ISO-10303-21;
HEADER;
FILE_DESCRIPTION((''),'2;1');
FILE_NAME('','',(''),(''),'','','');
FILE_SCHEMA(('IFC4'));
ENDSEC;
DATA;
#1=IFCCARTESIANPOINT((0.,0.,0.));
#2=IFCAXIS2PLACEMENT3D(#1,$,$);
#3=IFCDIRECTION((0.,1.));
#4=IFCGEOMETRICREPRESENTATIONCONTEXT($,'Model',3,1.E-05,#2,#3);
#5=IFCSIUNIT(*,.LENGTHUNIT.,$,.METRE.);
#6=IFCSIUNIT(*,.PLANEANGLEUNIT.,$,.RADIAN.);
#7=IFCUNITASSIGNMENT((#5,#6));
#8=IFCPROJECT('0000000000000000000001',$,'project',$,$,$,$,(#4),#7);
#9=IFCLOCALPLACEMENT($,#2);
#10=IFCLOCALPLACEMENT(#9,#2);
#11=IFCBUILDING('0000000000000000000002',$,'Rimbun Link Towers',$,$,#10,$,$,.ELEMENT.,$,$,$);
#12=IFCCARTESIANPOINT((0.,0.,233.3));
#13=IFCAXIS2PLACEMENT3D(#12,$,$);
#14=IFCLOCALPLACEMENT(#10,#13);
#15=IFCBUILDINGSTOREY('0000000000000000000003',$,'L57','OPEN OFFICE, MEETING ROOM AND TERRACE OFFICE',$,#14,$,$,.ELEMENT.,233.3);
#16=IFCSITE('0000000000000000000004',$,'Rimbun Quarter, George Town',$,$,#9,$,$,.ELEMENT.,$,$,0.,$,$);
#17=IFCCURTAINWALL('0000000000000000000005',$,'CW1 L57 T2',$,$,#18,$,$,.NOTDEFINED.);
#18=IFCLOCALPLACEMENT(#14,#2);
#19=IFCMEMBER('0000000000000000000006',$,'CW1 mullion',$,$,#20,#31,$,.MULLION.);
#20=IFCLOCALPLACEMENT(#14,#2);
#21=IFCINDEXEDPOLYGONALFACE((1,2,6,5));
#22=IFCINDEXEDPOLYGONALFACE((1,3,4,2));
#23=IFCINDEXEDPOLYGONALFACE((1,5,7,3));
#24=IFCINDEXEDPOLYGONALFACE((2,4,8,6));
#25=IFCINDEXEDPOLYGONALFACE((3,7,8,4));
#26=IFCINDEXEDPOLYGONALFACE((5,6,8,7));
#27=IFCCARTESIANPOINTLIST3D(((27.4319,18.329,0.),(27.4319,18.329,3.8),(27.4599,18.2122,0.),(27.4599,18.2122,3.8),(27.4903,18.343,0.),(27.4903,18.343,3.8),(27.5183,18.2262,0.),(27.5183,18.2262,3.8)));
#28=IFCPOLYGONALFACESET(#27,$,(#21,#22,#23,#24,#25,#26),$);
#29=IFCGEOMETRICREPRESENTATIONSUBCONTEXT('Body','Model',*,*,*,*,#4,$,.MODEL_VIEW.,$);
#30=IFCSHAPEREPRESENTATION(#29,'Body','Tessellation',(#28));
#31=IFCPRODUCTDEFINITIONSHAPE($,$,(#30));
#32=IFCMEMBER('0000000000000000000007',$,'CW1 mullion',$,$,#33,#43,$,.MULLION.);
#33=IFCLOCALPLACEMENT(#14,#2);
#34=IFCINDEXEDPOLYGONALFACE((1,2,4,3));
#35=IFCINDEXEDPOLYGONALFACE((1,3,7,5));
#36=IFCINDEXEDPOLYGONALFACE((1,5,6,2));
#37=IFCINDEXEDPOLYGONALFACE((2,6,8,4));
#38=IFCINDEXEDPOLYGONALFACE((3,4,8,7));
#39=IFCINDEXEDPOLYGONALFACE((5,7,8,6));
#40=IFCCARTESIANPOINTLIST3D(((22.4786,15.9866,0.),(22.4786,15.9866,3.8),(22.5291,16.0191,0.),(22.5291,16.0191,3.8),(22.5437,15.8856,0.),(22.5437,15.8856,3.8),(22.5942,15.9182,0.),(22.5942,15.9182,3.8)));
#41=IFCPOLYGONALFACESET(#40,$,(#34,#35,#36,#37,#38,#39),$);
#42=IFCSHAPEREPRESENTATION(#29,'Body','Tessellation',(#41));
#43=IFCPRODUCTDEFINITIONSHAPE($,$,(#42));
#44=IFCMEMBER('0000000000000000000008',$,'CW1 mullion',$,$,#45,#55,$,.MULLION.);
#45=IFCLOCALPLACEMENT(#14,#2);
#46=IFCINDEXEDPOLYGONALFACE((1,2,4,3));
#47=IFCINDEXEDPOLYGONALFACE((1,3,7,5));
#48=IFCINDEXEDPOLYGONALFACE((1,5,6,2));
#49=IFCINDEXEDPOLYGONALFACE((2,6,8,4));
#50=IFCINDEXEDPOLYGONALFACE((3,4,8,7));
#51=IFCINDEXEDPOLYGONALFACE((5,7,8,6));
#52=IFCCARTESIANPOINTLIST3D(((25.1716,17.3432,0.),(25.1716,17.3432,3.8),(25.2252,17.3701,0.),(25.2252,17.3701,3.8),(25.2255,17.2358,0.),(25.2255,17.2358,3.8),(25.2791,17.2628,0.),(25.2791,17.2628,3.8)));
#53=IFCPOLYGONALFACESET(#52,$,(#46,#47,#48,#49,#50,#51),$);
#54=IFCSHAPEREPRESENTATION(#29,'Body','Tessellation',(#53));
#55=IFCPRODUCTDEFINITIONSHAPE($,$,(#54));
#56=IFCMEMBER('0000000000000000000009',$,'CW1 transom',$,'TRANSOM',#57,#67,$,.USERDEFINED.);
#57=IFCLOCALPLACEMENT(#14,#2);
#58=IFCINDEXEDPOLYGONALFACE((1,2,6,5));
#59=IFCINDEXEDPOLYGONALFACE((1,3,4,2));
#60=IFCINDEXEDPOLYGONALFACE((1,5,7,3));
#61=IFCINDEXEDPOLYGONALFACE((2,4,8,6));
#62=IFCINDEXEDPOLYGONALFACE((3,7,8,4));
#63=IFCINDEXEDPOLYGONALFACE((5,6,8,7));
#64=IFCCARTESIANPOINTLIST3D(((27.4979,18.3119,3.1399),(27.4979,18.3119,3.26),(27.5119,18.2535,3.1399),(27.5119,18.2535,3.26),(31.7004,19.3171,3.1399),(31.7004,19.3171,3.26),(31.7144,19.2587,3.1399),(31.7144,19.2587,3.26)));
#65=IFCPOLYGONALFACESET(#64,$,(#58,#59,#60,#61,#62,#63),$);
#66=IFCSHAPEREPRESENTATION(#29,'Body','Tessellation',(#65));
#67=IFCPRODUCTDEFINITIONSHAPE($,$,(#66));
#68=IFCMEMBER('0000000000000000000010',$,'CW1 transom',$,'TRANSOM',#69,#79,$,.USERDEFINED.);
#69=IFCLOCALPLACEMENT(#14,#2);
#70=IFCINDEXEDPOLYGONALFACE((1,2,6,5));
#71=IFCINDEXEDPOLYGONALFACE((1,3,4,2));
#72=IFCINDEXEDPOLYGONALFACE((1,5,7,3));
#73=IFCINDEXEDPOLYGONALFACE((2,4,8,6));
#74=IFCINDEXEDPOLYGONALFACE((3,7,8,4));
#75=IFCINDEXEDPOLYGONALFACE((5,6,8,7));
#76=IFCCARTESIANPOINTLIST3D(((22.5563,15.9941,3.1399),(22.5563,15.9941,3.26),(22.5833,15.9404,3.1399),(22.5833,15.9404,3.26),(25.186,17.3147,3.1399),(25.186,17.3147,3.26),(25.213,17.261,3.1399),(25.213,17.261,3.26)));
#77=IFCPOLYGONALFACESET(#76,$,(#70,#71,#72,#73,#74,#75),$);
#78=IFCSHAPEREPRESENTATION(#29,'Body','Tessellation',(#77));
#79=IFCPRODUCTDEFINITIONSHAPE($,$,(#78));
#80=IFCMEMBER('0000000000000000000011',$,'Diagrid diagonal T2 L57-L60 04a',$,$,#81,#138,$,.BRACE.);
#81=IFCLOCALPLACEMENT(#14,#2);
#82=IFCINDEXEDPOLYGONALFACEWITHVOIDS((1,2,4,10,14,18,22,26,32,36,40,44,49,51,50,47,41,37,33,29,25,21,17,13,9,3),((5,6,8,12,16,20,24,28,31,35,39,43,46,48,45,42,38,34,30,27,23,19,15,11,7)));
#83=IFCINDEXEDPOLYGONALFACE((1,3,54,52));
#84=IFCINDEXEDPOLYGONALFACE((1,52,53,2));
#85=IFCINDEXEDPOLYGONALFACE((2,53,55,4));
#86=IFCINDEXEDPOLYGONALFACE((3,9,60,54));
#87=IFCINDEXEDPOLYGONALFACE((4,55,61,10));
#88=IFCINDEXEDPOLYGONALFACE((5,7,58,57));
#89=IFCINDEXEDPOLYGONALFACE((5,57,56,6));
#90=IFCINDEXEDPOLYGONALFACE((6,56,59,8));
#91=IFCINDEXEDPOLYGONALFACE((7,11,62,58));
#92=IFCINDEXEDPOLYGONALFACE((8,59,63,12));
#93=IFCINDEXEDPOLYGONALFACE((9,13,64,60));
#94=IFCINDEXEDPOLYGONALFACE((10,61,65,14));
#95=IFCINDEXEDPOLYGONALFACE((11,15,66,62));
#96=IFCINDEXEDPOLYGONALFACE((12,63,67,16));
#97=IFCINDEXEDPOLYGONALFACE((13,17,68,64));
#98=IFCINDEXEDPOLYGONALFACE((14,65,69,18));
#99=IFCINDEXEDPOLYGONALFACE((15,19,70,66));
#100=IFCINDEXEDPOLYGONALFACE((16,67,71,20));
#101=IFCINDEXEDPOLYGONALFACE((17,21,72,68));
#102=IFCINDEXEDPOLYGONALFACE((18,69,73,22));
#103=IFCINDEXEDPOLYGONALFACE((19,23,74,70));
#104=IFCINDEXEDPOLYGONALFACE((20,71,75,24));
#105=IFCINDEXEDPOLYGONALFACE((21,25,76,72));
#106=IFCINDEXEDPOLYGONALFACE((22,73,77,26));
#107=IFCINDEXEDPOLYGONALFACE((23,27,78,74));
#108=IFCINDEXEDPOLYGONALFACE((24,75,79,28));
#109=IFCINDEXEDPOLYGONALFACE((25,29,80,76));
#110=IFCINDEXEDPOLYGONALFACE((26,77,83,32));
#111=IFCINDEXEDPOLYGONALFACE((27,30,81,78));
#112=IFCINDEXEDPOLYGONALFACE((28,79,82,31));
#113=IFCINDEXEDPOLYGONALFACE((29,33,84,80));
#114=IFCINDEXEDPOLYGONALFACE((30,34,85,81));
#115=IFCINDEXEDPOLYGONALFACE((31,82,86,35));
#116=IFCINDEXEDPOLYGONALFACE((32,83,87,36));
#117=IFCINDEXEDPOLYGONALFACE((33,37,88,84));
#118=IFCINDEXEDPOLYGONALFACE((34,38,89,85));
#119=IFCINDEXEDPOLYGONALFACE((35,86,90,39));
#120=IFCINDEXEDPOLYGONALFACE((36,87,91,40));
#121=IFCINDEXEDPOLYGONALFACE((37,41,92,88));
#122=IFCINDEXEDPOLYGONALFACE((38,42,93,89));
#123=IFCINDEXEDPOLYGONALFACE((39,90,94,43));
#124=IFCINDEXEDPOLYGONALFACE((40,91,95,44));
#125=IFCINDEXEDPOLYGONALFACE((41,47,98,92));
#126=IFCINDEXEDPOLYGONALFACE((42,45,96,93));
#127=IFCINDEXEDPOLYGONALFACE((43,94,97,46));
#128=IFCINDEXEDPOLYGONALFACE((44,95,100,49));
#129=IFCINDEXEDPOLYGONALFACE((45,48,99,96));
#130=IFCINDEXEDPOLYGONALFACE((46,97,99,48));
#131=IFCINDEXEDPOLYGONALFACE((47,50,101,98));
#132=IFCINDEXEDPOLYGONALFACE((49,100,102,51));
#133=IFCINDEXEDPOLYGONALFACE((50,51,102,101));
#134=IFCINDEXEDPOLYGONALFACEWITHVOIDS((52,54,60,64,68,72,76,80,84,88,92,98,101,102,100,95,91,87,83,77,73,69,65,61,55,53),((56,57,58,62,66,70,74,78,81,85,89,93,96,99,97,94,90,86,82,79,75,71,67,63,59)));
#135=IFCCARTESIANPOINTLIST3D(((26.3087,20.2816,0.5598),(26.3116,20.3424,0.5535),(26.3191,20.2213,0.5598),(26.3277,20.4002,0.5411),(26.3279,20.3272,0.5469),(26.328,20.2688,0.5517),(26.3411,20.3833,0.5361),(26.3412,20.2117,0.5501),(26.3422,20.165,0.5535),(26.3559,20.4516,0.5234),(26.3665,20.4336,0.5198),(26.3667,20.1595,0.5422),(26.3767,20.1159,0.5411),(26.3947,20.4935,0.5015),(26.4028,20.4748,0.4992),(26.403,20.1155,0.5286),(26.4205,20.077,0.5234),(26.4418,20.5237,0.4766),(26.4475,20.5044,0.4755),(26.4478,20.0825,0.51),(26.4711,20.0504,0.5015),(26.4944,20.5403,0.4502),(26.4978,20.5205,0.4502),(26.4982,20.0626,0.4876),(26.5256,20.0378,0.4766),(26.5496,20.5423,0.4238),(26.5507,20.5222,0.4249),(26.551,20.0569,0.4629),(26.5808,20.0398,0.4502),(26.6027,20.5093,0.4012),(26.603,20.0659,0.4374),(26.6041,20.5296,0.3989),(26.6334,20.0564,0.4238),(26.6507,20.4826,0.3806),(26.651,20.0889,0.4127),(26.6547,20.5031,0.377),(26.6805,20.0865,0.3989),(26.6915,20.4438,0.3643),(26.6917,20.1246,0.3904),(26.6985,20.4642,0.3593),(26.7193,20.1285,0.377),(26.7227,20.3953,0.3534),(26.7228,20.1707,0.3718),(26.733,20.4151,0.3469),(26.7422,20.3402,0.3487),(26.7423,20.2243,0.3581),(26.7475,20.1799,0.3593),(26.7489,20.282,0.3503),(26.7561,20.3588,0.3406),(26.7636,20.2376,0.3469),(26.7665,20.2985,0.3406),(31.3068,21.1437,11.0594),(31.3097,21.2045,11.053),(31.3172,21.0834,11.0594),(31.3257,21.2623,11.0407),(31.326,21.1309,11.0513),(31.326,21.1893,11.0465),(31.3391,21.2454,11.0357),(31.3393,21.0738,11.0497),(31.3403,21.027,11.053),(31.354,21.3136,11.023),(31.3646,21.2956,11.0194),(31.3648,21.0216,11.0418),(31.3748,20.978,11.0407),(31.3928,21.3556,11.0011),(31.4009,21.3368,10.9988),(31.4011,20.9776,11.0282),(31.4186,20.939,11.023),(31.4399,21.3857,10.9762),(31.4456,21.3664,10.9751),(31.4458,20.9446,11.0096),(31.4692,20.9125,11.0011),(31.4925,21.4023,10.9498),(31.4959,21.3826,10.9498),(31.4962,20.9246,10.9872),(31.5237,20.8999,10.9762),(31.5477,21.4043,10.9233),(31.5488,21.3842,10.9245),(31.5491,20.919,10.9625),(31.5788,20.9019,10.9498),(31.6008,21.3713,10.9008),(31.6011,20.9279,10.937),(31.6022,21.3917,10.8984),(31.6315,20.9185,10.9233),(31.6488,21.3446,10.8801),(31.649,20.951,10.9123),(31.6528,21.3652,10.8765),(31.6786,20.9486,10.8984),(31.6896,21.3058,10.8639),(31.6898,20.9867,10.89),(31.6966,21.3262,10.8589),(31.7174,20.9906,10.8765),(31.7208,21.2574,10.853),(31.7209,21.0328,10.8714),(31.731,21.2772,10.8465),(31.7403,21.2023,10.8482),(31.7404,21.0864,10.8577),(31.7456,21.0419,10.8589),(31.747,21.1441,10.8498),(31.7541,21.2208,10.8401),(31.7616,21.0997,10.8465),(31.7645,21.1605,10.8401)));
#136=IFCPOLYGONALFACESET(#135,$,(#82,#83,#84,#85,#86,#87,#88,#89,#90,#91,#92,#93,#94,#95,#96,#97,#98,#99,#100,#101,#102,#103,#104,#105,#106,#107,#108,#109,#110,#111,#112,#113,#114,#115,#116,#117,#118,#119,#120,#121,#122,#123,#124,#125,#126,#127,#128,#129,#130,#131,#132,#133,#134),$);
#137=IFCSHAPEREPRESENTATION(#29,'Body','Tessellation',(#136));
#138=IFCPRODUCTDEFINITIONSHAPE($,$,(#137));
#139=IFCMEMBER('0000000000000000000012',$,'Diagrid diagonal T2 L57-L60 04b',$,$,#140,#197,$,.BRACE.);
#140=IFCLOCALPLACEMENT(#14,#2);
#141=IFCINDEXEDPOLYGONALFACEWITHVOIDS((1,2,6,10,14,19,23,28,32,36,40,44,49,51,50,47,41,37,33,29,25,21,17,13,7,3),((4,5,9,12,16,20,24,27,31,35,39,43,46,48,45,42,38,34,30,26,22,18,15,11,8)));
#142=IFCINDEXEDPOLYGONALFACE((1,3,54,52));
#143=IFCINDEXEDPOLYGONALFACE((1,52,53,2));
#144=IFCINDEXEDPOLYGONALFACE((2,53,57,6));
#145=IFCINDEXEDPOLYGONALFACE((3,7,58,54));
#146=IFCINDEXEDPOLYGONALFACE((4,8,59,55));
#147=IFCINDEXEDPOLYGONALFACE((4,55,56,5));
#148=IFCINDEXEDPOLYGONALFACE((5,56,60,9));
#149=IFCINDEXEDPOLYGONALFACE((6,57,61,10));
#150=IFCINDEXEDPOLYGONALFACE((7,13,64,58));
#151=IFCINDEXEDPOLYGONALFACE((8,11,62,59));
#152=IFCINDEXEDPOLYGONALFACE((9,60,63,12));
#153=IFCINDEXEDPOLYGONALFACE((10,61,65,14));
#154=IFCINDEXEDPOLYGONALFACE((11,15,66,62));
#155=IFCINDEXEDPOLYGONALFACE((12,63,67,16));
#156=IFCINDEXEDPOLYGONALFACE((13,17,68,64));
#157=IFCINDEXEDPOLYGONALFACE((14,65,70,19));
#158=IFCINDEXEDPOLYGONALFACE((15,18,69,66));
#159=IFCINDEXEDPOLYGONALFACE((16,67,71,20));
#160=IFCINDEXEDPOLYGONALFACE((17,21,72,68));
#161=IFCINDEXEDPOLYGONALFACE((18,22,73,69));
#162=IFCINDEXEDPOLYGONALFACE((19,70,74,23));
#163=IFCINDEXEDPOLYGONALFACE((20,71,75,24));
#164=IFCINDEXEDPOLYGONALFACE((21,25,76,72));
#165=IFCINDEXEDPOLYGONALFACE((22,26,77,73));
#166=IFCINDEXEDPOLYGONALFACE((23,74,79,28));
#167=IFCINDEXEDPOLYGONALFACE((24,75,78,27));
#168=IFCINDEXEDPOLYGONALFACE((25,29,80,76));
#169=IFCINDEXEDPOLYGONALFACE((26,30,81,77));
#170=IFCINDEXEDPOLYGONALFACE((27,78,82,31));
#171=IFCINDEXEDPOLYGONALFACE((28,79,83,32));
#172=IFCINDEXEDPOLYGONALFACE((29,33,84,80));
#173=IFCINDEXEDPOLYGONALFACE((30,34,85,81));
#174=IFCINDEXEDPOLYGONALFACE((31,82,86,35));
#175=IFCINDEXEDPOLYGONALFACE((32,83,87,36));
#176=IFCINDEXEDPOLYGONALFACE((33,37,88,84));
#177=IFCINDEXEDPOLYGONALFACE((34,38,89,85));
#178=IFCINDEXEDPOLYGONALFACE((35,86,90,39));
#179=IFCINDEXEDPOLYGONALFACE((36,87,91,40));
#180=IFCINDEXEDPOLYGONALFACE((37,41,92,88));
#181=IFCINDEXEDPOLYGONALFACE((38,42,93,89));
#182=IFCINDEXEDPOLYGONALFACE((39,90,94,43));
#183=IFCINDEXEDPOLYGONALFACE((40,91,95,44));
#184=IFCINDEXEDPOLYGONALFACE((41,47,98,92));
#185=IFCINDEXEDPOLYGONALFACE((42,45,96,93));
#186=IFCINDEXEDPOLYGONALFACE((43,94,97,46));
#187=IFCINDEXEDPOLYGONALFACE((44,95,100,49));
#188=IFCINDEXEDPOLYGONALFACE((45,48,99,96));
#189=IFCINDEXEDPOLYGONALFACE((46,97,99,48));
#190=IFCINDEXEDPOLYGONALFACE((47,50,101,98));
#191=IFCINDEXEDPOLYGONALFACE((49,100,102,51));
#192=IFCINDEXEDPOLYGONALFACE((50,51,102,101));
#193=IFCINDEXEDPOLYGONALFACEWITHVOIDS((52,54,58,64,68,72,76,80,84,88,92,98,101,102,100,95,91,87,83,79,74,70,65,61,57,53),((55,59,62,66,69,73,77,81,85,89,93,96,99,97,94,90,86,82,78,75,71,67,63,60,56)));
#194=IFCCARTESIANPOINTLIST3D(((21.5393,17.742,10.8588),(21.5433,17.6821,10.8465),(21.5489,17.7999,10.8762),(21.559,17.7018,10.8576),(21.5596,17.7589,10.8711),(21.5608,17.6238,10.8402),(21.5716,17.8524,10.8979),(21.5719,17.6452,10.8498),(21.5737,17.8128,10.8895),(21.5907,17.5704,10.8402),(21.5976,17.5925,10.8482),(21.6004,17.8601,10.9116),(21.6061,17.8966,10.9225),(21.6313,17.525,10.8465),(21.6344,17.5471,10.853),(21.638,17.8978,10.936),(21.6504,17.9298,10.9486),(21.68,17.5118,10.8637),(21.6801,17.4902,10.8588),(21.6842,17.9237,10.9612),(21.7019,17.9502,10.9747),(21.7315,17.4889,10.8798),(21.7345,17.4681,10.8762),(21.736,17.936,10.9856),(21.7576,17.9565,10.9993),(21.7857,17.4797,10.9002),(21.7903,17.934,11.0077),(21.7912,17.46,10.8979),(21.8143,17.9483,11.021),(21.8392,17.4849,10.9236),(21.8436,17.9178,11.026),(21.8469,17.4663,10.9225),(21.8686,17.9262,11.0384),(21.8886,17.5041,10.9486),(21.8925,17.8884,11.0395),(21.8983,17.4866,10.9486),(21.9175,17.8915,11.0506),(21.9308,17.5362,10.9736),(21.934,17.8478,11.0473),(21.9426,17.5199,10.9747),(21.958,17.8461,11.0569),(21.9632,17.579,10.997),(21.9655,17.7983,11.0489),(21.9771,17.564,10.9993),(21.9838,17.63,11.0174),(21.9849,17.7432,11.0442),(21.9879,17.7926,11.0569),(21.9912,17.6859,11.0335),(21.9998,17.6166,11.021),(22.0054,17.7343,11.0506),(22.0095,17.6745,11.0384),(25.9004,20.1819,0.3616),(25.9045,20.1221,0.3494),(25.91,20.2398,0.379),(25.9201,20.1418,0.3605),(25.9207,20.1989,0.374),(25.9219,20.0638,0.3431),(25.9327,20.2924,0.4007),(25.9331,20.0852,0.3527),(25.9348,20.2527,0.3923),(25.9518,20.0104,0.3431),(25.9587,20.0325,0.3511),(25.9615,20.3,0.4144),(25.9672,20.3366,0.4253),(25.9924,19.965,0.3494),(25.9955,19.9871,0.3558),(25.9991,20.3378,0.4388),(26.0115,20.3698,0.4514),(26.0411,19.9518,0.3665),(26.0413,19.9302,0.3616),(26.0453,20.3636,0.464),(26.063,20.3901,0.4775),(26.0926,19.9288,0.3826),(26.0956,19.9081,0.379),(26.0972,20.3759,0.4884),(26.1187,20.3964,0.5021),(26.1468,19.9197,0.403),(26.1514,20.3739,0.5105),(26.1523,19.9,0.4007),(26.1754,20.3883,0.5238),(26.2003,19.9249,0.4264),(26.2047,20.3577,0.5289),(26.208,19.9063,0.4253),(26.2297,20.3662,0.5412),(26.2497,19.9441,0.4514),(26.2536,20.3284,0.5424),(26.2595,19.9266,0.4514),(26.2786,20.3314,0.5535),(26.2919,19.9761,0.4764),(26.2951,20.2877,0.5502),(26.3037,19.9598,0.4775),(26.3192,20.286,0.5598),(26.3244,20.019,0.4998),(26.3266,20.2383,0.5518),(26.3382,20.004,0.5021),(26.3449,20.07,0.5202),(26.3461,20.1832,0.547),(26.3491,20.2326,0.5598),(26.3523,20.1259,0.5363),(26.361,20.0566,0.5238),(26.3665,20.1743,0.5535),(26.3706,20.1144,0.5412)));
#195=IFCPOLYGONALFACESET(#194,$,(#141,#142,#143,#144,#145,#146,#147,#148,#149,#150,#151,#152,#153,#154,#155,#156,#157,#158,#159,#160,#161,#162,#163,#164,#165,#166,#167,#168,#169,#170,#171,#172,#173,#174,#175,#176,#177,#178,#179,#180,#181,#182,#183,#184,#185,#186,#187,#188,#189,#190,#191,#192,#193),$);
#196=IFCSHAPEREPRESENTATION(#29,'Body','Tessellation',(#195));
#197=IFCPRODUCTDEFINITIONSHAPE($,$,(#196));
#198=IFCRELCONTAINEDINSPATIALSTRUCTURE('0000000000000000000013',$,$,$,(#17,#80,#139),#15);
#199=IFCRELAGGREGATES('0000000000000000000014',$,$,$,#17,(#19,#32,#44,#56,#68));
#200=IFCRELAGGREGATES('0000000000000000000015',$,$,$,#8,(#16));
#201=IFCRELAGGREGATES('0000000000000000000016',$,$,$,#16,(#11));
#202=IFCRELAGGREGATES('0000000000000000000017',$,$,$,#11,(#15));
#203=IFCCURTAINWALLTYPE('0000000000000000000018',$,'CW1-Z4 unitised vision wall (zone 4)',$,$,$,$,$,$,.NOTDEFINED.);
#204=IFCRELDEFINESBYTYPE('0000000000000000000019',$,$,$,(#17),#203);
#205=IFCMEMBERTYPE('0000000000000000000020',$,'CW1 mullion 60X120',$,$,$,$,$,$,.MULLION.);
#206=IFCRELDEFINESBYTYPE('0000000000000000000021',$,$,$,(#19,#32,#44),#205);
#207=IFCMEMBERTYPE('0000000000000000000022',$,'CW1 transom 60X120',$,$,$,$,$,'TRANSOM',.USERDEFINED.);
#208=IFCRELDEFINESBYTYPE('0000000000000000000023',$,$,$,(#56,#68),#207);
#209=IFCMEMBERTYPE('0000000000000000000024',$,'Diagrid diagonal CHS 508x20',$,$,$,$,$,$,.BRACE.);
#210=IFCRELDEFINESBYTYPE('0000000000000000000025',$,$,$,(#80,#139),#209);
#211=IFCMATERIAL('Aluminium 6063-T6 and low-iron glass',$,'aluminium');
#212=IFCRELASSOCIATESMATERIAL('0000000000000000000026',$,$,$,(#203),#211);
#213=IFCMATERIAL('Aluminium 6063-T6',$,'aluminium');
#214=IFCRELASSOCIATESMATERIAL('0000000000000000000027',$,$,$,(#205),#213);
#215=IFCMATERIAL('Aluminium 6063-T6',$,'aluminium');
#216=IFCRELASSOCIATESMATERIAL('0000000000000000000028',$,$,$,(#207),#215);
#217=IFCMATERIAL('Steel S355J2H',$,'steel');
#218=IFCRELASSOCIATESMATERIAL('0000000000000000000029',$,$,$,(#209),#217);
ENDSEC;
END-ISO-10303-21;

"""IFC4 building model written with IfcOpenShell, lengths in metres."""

from ifc_helpers import new_model, si_unit, direction, frame, origin, origin_2d, place, context, subcontext, project, spatial, rectangle, hollow_circle, extrude, material, material_profile, profile_set, type_object, element, aggregate, save


model = new_model("IFC4")

# Units and contexts
model_context = context("Model", 3, precision=1e-05, world=origin(), true_north=direction((0.0, 1.0)))
body_context = subcontext(model_context, "Body", "Model", "MODEL_VIEW")
ifc_project = project(units=[si_unit("LENGTHUNIT", "METRE"), si_unit("PLANEANGLEUNIT", "RADIAN")], contexts=[model_context])

# Site, building, storey
site_placement = place(None, origin())
site = spatial("IfcSite", under=ifc_project, at=site_placement, Name="Rimbun Quarter, George Town", CompositionType="ELEMENT", RefElevation=0.0)
building_placement = place(site_placement, origin())
building = spatial("IfcBuilding", under=site, at=building_placement, Name="Rimbun Link Towers", CompositionType="ELEMENT")
storey_placement = place(building_placement, frame((0.0, 0.0, 233.3)))
storey = spatial("IfcBuildingStorey", under=building, at=storey_placement, Name="L57", Description="OPEN OFFICE, MEETING ROOM AND TERRACE OFFICE", CompositionType="ELEMENT", Elevation=233.3)

# Curtain wall, members
ifc_material_1 = material(Name="Aluminium 6063-T6 and low-iron glass", Category="aluminium")
curtain_wall_type = type_object("IfcCurtainWallType", Name="CW1-Z4 unitised vision wall (zone 4)", PredefinedType="NOTDEFINED", material=ifc_material_1)
curtain_wall_placement = place(storey_placement, origin())
curtain_wall = element("IfcCurtainWall", 1, at=curtain_wall_placement, inside=storey, type_object=curtain_wall_type, Name="CW1 L57 T2", PredefinedType="NOTDEFINED")
ifc_material_2 = material(Name="Aluminium 6063-T6", Category="aluminium")
ifc_material_profile_1 = material_profile(ifc_material_2, rectangle(XDim=0.1201, YDim=0.0601, at=origin_2d()), Name="MULLION 60X120")
ifc_profile_set_1 = profile_set([ifc_material_profile_1], Name="Aluminium 6063-T6")
member_type_1 = type_object("IfcMemberType", Name="CW1 mullion 60X120", PredefinedType="MULLION", material=ifc_profile_set_1)
member_1_placement = place(storey_placement, frame((27.4751, 18.2776, 0.0), z_axis=(0.0, 0.0, 1.0), x_axis=(-0.232603, 0.972572, 0.0)))
member_1 = element("IfcMember", 2, at=member_1_placement, type_object=member_type_1, Name="CW1 mullion", PredefinedType="MULLION", context=body_context, shape_type="SweptSolid", body=[
    extrude(rectangle(XDim=0.1201, YDim=0.0601, at=origin_2d()), origin(), (0.0, 0.0, 1.0), 3.8),
])
member_2_placement = place(storey_placement, frame((22.5364, 15.9524, 0.0), z_axis=(0.0, 0.0, 1.0), x_axis=(-0.542095, 0.840317, 0.0)))
member_2 = element("IfcMember", 3, at=member_2_placement, type_object=member_type_1, Name="CW1 mullion", PredefinedType="MULLION", context=body_context, shape_type="SweptSolid", body=[
    extrude(rectangle(XDim=0.1201, YDim=0.0601, at=origin_2d()), origin(), (0.0, 0.0, 1.0), 3.8),
])
member_3_placement = place(storey_placement, frame((25.2253, 17.303, 0.0), z_axis=(0.0, 0.0, 1.0), x_axis=(-0.448779, 0.893643, 0.0)))
member_3 = element("IfcMember", 4, at=member_3_placement, type_object=member_type_1, Name="CW1 mullion", PredefinedType="MULLION", context=body_context, shape_type="SweptSolid", body=[
    extrude(rectangle(XDim=0.1201, YDim=0.0601, at=origin_2d()), origin(), (0.0, 0.0, 1.0), 3.8),
])
ifc_material_3 = material(Name="Aluminium 6063-T6", Category="aluminium")
ifc_material_profile_2 = material_profile(ifc_material_3, rectangle(XDim=0.0601, YDim=0.1201, at=origin_2d()), Name="TRANSOM 60X120")
ifc_profile_set_2 = profile_set([ifc_material_profile_2], Name="Aluminium 6063-T6")
member_type_2 = type_object("IfcMemberType", Name="CW1 transom 60X120", ElementType="TRANSOM", PredefinedType="USERDEFINED", material=ifc_profile_set_2)
member_4_placement = place(storey_placement, frame((27.5049, 18.2827, 3.2), z_axis=(0.972568, 0.232619, 0.0), x_axis=(-0.232619, 0.972568, 0.0)))
member_4 = element("IfcMember", 5, at=member_4_placement, type_object=member_type_2, Name="CW1 transom", ObjectType="TRANSOM", PredefinedType="USERDEFINED", context=body_context, shape_type="SweptSolid", body=[
    extrude(rectangle(XDim=0.0601, YDim=0.1201, at=origin_2d()), origin(), (0.0, 0.0, 1.0), 4.321),
])
member_5_placement = place(storey_placement, frame((22.5698, 15.9673, 3.2), z_axis=(0.893646, 0.448773, 0.0), x_axis=(-0.448773, 0.893646, 0.0)))
member_5 = element("IfcMember", 6, at=member_5_placement, type_object=member_type_2, Name="CW1 transom", ObjectType="TRANSOM", PredefinedType="USERDEFINED", context=body_context, shape_type="SweptSolid", body=[
    extrude(rectangle(XDim=0.0601, YDim=0.1201, at=origin_2d()), origin(), (0.0, 0.0, 1.0), 2.9426),
])

# Members
ifc_material_4 = material(Name="Steel S355J2H", Category="steel")
ifc_material_profile_3 = material_profile(ifc_material_4, hollow_circle(Radius=0.2539, WallThickness=0.02, at=origin_2d()), Name="Diagrid diagonal CHS 508x20")
ifc_profile_set_3 = profile_set([ifc_material_profile_3], Name="Steel S355J2H")
member_type_3 = type_object("IfcMemberType", Name="Diagrid diagonal CHS 508x20", PredefinedType="BRACE", material=ifc_profile_set_3)
member_6_placement = place(storey_placement, frame((26.5376, 20.29, 0.4502), z_axis=(0.428637, 0.073931, 0.900447), x_axis=(-0.16997, 0.985449, 0.0)))
element("IfcMember", 7, at=member_6_placement, inside=storey, type_object=member_type_3, Name="Diagrid diagonal T2 L57-L60 04a", PredefinedType="BRACE", context=body_context, shape_type="SweptSolid", body=[
    extrude(hollow_circle(Radius=0.2539, WallThickness=0.02, at=origin_2d()), origin(), (0.0, 0.0, 1.0), 11.6604),
])
member_7_placement = place(storey_placement, frame((26.1355, 20.1482, 0.4514), z_axis=(-0.375119, -0.209872, 0.902906), x_axis=(0.488258, -0.872699, 0.0)))
element("IfcMember", 8, at=member_7_placement, inside=storey, type_object=member_type_3, Name="Diagrid diagonal T2 L57-L60 04b", PredefinedType="BRACE", context=body_context, shape_type="SweptSolid", body=[
    extrude(hollow_circle(Radius=0.2539, WallThickness=0.02, at=origin_2d()), origin(), (0.0, 0.0, 1.0), 11.626),
])

aggregate(curtain_wall, [member_1, member_2, member_3, member_4, member_5])

save(model, "model.ifc")
